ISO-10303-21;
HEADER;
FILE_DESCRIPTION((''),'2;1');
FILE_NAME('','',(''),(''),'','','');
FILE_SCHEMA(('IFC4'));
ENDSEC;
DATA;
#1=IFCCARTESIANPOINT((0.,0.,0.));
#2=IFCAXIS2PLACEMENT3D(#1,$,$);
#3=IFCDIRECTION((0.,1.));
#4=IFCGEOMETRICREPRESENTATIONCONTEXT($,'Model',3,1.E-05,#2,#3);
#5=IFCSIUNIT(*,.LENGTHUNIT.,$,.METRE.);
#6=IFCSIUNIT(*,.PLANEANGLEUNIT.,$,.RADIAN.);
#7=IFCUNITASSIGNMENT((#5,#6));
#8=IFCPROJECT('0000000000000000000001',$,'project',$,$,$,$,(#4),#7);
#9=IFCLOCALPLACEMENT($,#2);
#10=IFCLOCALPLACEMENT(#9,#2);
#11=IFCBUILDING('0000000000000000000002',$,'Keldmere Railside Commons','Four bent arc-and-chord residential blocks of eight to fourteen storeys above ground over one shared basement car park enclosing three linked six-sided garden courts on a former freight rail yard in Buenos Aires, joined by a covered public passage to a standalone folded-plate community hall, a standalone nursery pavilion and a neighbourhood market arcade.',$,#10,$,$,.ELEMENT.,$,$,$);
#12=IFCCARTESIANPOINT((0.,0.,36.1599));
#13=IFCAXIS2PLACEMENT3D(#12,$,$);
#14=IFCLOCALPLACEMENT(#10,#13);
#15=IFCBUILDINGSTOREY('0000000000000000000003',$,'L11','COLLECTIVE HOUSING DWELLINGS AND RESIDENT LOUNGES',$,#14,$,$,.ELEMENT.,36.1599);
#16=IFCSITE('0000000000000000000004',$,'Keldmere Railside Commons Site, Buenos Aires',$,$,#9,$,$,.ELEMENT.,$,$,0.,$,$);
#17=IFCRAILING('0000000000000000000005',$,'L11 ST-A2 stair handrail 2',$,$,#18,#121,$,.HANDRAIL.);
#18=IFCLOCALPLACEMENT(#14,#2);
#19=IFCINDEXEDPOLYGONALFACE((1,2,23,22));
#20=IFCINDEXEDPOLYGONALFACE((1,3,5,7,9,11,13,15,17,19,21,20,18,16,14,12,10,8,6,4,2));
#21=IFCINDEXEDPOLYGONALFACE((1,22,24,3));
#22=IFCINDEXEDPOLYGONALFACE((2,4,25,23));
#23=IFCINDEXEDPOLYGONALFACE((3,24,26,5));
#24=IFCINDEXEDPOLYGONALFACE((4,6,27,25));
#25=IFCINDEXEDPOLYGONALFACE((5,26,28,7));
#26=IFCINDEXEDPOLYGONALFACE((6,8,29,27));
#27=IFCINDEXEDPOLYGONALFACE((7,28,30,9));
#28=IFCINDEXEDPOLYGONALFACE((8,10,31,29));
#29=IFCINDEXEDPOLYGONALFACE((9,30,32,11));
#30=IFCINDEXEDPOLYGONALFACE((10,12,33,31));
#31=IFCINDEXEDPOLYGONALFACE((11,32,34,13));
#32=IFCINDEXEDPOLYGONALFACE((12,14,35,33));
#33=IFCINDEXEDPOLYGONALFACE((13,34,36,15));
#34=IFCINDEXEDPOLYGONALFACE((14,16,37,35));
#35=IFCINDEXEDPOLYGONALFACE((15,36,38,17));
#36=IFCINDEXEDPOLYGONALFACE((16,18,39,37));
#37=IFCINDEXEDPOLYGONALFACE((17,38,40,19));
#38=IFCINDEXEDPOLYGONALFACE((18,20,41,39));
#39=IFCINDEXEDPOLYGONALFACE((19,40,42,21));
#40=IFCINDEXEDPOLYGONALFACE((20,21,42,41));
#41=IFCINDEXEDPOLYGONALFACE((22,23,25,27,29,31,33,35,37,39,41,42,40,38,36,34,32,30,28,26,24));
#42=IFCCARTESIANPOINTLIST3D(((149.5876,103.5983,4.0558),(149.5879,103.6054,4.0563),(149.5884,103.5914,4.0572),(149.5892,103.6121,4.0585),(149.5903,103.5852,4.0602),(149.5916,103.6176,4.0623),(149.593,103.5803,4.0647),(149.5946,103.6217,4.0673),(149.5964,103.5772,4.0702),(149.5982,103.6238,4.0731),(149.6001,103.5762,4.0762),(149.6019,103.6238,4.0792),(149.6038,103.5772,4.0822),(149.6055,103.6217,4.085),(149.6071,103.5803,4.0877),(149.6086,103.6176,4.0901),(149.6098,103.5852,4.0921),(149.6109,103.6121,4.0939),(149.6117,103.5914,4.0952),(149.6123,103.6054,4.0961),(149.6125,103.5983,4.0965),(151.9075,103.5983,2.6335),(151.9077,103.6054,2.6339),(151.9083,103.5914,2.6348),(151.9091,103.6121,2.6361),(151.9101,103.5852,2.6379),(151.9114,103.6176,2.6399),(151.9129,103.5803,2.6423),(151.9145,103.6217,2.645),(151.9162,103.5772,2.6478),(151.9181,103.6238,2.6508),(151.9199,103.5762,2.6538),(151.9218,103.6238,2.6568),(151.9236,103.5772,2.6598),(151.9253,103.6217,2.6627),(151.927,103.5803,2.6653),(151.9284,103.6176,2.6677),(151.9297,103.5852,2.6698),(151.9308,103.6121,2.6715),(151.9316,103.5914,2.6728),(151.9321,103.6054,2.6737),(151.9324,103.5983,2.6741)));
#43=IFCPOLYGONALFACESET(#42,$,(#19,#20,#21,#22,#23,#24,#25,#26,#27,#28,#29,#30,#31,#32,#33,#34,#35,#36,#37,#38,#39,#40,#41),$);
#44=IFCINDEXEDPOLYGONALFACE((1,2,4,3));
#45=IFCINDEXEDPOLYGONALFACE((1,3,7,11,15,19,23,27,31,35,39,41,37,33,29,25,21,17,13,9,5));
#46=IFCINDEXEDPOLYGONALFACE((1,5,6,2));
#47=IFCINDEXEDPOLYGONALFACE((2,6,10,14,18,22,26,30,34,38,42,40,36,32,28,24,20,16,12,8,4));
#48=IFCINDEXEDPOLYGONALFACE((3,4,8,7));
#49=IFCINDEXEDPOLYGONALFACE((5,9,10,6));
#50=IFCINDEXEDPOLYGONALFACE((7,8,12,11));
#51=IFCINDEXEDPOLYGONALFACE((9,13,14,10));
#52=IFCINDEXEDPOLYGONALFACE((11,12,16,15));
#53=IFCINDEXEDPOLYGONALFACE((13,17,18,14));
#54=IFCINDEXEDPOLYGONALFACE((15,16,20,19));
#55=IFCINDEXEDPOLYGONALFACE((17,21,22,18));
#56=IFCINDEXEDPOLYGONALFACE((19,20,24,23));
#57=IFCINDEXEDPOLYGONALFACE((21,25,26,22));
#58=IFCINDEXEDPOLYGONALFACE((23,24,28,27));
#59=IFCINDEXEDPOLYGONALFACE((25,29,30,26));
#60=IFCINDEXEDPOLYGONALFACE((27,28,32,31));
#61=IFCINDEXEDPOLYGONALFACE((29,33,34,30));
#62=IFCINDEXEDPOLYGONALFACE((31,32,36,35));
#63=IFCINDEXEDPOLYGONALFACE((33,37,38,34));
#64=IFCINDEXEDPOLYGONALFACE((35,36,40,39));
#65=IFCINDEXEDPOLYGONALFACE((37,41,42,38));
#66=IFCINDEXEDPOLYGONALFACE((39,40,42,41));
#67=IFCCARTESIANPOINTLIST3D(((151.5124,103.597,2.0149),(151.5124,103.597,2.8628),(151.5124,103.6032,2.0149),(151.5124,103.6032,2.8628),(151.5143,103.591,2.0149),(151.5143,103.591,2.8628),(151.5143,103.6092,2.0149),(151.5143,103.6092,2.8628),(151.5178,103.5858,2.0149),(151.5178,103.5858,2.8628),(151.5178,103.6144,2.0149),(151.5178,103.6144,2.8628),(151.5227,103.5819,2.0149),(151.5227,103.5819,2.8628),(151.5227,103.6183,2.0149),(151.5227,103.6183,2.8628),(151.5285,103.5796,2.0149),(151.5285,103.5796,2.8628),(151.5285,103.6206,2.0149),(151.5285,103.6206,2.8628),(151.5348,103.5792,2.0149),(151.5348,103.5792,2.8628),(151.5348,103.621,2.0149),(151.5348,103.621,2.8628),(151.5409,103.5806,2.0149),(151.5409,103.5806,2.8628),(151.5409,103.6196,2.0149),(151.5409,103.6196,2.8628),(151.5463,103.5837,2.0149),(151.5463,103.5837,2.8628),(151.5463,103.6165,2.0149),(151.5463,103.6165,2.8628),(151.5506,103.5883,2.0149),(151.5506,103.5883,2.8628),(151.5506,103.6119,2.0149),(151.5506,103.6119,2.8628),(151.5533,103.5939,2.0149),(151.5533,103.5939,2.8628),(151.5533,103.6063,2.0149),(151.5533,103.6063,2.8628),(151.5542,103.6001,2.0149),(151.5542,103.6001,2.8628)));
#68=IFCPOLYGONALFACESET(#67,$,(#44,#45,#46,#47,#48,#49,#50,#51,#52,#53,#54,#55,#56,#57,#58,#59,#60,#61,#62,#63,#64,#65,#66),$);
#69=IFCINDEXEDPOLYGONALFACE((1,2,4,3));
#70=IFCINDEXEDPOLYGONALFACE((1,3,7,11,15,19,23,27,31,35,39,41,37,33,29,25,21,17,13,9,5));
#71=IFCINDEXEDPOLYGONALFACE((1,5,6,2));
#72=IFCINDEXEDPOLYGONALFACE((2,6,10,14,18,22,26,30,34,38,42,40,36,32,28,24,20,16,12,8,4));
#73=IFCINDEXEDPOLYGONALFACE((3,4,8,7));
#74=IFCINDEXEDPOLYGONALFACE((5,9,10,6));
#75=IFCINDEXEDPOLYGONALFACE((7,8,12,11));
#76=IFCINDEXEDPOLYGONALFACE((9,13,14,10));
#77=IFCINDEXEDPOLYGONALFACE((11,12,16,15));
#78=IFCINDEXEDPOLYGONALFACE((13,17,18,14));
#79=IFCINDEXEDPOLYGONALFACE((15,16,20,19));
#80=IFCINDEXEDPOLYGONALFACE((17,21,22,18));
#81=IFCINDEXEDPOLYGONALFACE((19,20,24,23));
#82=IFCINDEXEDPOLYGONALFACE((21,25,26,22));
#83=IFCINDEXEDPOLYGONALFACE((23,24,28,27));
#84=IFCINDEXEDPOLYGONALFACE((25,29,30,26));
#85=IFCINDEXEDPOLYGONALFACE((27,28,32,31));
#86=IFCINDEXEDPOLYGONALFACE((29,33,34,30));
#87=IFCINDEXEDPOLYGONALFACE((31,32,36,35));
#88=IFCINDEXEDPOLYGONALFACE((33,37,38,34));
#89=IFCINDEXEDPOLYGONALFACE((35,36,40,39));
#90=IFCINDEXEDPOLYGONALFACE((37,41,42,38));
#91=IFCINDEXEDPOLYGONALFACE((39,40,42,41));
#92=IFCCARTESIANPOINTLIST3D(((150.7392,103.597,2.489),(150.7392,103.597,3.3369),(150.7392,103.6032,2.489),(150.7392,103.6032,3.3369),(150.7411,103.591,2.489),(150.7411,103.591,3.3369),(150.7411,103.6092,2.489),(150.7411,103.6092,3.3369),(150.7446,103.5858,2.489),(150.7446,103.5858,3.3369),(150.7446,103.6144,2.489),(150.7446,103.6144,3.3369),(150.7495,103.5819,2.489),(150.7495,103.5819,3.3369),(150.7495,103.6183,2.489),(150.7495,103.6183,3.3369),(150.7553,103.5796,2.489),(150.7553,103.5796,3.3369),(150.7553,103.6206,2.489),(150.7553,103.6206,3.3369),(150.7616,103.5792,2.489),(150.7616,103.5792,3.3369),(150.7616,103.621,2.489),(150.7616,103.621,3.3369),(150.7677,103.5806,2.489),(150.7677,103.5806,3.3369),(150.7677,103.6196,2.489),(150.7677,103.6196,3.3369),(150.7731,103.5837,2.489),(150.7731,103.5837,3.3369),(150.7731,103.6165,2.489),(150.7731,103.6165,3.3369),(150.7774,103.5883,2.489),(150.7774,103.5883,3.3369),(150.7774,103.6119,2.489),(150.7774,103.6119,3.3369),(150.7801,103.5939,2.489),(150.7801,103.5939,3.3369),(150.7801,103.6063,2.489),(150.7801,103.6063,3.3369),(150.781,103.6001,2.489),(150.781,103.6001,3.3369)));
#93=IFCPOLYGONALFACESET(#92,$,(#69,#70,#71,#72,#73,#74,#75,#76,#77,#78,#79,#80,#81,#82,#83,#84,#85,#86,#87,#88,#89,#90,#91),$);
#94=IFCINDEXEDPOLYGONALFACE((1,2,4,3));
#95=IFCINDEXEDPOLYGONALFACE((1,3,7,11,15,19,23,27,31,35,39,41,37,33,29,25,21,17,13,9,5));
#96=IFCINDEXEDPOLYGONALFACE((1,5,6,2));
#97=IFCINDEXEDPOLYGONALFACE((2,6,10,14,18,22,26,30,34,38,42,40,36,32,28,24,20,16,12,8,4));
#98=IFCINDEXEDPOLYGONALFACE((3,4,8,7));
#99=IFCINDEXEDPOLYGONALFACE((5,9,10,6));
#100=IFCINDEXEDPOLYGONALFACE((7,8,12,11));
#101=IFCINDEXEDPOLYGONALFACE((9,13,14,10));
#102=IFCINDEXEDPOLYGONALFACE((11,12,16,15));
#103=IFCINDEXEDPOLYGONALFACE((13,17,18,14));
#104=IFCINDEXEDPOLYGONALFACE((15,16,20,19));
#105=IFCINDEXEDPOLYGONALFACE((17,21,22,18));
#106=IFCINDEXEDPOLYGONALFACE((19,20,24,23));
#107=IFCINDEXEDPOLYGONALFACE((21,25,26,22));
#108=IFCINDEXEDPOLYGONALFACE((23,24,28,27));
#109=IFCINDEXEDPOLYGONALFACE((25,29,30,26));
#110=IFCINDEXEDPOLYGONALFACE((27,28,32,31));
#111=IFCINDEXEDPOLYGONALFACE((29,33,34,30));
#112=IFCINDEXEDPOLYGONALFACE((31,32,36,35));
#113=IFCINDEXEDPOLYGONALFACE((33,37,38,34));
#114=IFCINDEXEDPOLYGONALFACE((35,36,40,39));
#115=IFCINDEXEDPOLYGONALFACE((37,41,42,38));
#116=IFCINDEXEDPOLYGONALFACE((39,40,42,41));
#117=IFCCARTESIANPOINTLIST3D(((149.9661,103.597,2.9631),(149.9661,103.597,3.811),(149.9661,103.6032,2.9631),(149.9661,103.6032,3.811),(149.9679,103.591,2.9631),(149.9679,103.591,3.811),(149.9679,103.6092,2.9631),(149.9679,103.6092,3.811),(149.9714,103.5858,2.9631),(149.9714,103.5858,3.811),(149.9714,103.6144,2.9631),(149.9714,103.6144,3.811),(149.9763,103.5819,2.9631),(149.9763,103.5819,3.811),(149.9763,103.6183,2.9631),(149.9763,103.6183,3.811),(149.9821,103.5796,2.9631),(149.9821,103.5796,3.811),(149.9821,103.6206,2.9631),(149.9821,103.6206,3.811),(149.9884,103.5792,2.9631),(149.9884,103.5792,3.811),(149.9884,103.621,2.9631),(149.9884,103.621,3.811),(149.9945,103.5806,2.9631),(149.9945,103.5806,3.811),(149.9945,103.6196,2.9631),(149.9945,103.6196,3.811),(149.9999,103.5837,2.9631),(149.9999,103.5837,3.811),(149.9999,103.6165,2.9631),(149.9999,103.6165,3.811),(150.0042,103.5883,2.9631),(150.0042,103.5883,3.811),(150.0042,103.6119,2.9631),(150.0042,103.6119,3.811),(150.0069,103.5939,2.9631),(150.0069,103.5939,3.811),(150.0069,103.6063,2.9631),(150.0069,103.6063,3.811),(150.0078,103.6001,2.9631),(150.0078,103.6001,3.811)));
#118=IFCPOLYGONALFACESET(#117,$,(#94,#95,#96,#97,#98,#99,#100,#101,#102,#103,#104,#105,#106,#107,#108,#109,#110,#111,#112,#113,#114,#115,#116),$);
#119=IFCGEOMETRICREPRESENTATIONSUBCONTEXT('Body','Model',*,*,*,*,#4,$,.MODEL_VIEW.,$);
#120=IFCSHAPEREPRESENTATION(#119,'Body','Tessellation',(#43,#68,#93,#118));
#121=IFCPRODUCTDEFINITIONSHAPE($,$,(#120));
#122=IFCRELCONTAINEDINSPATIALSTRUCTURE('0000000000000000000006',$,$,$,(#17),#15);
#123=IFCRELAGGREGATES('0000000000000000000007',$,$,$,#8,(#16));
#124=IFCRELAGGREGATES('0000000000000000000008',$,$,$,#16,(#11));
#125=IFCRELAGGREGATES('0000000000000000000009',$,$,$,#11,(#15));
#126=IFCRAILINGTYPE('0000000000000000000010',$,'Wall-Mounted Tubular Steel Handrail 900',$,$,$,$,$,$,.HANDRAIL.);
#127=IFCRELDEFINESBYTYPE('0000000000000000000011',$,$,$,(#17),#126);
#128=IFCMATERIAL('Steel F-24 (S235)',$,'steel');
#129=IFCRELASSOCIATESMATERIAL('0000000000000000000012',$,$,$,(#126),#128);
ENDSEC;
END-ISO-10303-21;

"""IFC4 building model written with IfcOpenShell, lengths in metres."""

from ifc_helpers import new_model, si_unit, direction, frame, origin, origin_2d, place, context, subcontext, project, spatial, circle, extrude, material, type_object, element, save


model = new_model("IFC4")

# Units and contexts
model_context = context("Model", 3, precision=1e-05, world=origin(), true_north=direction((0.0, 1.0)))
body_context = subcontext(model_context, "Body", "Model", "MODEL_VIEW")
ifc_project = project(units=[si_unit("LENGTHUNIT", "METRE"), si_unit("PLANEANGLEUNIT", "RADIAN")], contexts=[model_context])

# Site, building, storey
site_placement = place(None, origin())
site = spatial("IfcSite", under=ifc_project, at=site_placement, Name="Keldmere Railside Commons Site, Buenos Aires", CompositionType="ELEMENT", RefElevation=0.0)
building_placement = place(site_placement, origin())
building = spatial("IfcBuilding", under=site, at=building_placement, Name="Keldmere Railside Commons", Description="Four bent arc-and-chord residential blocks of eight to fourteen storeys above ground over one shared basement car park enclosing three linked six-sided garden courts on a former freight rail yard in Buenos Aires, joined by a covered public passage to a standalone folded-plate community hall, a standalone nursery pavilion and a neighbourhood market arcade.", CompositionType="ELEMENT")
storey_placement = place(building_placement, frame((0.0, 0.0, 36.1599)))
storey = spatial("IfcBuildingStorey", under=building, at=storey_placement, Name="L11", Description="COLLECTIVE HOUSING DWELLINGS AND RESIDENT LOUNGES", CompositionType="ELEMENT", Elevation=36.1599)

# Railing
ifc_material_1 = material(Name="Steel F-24 (S235)", Category="steel")
railing_type_1 = type_object("IfcRailingType", Name="Wall-Mounted Tubular Steel Handrail 900", PredefinedType="HANDRAIL", material=ifc_material_1)
railing_1_placement = place(storey_placement, frame((151.9199, 103.6001, 1.7778)))
element("IfcRailing", 1, at=railing_1_placement, inside=storey, type_object=railing_type_1, Name="L11 ST-A2 stair handrail 2", PredefinedType="HANDRAIL", context=body_context, shape_type="SweptSolid", body=[
    extrude(circle(Radius=0.0239, at=origin_2d()), frame((0.0, 0.0, 0.876), z_axis=(-0.852514, 0.0, 0.522705), x_axis=(0.0, -1.0, 0.0)), (0.0, 0.0, 1.0), 2.7212),
    extrude(circle(Radius=0.021, at=origin_2d()), frame((-0.3867, 0.0, 0.2371)), (0.0, 0.0, 1.0), 0.8479),
    extrude(circle(Radius=0.021, at=origin_2d()), frame((-1.1599, 0.0, 0.7112)), (0.0, 0.0, 1.0), 0.8479),
    extrude(circle(Radius=0.021, at=origin_2d()), frame((-1.9331, 0.0, 1.1853)), (0.0, 0.0, 1.0), 0.8479),
])

save(model, "model.ifc")
